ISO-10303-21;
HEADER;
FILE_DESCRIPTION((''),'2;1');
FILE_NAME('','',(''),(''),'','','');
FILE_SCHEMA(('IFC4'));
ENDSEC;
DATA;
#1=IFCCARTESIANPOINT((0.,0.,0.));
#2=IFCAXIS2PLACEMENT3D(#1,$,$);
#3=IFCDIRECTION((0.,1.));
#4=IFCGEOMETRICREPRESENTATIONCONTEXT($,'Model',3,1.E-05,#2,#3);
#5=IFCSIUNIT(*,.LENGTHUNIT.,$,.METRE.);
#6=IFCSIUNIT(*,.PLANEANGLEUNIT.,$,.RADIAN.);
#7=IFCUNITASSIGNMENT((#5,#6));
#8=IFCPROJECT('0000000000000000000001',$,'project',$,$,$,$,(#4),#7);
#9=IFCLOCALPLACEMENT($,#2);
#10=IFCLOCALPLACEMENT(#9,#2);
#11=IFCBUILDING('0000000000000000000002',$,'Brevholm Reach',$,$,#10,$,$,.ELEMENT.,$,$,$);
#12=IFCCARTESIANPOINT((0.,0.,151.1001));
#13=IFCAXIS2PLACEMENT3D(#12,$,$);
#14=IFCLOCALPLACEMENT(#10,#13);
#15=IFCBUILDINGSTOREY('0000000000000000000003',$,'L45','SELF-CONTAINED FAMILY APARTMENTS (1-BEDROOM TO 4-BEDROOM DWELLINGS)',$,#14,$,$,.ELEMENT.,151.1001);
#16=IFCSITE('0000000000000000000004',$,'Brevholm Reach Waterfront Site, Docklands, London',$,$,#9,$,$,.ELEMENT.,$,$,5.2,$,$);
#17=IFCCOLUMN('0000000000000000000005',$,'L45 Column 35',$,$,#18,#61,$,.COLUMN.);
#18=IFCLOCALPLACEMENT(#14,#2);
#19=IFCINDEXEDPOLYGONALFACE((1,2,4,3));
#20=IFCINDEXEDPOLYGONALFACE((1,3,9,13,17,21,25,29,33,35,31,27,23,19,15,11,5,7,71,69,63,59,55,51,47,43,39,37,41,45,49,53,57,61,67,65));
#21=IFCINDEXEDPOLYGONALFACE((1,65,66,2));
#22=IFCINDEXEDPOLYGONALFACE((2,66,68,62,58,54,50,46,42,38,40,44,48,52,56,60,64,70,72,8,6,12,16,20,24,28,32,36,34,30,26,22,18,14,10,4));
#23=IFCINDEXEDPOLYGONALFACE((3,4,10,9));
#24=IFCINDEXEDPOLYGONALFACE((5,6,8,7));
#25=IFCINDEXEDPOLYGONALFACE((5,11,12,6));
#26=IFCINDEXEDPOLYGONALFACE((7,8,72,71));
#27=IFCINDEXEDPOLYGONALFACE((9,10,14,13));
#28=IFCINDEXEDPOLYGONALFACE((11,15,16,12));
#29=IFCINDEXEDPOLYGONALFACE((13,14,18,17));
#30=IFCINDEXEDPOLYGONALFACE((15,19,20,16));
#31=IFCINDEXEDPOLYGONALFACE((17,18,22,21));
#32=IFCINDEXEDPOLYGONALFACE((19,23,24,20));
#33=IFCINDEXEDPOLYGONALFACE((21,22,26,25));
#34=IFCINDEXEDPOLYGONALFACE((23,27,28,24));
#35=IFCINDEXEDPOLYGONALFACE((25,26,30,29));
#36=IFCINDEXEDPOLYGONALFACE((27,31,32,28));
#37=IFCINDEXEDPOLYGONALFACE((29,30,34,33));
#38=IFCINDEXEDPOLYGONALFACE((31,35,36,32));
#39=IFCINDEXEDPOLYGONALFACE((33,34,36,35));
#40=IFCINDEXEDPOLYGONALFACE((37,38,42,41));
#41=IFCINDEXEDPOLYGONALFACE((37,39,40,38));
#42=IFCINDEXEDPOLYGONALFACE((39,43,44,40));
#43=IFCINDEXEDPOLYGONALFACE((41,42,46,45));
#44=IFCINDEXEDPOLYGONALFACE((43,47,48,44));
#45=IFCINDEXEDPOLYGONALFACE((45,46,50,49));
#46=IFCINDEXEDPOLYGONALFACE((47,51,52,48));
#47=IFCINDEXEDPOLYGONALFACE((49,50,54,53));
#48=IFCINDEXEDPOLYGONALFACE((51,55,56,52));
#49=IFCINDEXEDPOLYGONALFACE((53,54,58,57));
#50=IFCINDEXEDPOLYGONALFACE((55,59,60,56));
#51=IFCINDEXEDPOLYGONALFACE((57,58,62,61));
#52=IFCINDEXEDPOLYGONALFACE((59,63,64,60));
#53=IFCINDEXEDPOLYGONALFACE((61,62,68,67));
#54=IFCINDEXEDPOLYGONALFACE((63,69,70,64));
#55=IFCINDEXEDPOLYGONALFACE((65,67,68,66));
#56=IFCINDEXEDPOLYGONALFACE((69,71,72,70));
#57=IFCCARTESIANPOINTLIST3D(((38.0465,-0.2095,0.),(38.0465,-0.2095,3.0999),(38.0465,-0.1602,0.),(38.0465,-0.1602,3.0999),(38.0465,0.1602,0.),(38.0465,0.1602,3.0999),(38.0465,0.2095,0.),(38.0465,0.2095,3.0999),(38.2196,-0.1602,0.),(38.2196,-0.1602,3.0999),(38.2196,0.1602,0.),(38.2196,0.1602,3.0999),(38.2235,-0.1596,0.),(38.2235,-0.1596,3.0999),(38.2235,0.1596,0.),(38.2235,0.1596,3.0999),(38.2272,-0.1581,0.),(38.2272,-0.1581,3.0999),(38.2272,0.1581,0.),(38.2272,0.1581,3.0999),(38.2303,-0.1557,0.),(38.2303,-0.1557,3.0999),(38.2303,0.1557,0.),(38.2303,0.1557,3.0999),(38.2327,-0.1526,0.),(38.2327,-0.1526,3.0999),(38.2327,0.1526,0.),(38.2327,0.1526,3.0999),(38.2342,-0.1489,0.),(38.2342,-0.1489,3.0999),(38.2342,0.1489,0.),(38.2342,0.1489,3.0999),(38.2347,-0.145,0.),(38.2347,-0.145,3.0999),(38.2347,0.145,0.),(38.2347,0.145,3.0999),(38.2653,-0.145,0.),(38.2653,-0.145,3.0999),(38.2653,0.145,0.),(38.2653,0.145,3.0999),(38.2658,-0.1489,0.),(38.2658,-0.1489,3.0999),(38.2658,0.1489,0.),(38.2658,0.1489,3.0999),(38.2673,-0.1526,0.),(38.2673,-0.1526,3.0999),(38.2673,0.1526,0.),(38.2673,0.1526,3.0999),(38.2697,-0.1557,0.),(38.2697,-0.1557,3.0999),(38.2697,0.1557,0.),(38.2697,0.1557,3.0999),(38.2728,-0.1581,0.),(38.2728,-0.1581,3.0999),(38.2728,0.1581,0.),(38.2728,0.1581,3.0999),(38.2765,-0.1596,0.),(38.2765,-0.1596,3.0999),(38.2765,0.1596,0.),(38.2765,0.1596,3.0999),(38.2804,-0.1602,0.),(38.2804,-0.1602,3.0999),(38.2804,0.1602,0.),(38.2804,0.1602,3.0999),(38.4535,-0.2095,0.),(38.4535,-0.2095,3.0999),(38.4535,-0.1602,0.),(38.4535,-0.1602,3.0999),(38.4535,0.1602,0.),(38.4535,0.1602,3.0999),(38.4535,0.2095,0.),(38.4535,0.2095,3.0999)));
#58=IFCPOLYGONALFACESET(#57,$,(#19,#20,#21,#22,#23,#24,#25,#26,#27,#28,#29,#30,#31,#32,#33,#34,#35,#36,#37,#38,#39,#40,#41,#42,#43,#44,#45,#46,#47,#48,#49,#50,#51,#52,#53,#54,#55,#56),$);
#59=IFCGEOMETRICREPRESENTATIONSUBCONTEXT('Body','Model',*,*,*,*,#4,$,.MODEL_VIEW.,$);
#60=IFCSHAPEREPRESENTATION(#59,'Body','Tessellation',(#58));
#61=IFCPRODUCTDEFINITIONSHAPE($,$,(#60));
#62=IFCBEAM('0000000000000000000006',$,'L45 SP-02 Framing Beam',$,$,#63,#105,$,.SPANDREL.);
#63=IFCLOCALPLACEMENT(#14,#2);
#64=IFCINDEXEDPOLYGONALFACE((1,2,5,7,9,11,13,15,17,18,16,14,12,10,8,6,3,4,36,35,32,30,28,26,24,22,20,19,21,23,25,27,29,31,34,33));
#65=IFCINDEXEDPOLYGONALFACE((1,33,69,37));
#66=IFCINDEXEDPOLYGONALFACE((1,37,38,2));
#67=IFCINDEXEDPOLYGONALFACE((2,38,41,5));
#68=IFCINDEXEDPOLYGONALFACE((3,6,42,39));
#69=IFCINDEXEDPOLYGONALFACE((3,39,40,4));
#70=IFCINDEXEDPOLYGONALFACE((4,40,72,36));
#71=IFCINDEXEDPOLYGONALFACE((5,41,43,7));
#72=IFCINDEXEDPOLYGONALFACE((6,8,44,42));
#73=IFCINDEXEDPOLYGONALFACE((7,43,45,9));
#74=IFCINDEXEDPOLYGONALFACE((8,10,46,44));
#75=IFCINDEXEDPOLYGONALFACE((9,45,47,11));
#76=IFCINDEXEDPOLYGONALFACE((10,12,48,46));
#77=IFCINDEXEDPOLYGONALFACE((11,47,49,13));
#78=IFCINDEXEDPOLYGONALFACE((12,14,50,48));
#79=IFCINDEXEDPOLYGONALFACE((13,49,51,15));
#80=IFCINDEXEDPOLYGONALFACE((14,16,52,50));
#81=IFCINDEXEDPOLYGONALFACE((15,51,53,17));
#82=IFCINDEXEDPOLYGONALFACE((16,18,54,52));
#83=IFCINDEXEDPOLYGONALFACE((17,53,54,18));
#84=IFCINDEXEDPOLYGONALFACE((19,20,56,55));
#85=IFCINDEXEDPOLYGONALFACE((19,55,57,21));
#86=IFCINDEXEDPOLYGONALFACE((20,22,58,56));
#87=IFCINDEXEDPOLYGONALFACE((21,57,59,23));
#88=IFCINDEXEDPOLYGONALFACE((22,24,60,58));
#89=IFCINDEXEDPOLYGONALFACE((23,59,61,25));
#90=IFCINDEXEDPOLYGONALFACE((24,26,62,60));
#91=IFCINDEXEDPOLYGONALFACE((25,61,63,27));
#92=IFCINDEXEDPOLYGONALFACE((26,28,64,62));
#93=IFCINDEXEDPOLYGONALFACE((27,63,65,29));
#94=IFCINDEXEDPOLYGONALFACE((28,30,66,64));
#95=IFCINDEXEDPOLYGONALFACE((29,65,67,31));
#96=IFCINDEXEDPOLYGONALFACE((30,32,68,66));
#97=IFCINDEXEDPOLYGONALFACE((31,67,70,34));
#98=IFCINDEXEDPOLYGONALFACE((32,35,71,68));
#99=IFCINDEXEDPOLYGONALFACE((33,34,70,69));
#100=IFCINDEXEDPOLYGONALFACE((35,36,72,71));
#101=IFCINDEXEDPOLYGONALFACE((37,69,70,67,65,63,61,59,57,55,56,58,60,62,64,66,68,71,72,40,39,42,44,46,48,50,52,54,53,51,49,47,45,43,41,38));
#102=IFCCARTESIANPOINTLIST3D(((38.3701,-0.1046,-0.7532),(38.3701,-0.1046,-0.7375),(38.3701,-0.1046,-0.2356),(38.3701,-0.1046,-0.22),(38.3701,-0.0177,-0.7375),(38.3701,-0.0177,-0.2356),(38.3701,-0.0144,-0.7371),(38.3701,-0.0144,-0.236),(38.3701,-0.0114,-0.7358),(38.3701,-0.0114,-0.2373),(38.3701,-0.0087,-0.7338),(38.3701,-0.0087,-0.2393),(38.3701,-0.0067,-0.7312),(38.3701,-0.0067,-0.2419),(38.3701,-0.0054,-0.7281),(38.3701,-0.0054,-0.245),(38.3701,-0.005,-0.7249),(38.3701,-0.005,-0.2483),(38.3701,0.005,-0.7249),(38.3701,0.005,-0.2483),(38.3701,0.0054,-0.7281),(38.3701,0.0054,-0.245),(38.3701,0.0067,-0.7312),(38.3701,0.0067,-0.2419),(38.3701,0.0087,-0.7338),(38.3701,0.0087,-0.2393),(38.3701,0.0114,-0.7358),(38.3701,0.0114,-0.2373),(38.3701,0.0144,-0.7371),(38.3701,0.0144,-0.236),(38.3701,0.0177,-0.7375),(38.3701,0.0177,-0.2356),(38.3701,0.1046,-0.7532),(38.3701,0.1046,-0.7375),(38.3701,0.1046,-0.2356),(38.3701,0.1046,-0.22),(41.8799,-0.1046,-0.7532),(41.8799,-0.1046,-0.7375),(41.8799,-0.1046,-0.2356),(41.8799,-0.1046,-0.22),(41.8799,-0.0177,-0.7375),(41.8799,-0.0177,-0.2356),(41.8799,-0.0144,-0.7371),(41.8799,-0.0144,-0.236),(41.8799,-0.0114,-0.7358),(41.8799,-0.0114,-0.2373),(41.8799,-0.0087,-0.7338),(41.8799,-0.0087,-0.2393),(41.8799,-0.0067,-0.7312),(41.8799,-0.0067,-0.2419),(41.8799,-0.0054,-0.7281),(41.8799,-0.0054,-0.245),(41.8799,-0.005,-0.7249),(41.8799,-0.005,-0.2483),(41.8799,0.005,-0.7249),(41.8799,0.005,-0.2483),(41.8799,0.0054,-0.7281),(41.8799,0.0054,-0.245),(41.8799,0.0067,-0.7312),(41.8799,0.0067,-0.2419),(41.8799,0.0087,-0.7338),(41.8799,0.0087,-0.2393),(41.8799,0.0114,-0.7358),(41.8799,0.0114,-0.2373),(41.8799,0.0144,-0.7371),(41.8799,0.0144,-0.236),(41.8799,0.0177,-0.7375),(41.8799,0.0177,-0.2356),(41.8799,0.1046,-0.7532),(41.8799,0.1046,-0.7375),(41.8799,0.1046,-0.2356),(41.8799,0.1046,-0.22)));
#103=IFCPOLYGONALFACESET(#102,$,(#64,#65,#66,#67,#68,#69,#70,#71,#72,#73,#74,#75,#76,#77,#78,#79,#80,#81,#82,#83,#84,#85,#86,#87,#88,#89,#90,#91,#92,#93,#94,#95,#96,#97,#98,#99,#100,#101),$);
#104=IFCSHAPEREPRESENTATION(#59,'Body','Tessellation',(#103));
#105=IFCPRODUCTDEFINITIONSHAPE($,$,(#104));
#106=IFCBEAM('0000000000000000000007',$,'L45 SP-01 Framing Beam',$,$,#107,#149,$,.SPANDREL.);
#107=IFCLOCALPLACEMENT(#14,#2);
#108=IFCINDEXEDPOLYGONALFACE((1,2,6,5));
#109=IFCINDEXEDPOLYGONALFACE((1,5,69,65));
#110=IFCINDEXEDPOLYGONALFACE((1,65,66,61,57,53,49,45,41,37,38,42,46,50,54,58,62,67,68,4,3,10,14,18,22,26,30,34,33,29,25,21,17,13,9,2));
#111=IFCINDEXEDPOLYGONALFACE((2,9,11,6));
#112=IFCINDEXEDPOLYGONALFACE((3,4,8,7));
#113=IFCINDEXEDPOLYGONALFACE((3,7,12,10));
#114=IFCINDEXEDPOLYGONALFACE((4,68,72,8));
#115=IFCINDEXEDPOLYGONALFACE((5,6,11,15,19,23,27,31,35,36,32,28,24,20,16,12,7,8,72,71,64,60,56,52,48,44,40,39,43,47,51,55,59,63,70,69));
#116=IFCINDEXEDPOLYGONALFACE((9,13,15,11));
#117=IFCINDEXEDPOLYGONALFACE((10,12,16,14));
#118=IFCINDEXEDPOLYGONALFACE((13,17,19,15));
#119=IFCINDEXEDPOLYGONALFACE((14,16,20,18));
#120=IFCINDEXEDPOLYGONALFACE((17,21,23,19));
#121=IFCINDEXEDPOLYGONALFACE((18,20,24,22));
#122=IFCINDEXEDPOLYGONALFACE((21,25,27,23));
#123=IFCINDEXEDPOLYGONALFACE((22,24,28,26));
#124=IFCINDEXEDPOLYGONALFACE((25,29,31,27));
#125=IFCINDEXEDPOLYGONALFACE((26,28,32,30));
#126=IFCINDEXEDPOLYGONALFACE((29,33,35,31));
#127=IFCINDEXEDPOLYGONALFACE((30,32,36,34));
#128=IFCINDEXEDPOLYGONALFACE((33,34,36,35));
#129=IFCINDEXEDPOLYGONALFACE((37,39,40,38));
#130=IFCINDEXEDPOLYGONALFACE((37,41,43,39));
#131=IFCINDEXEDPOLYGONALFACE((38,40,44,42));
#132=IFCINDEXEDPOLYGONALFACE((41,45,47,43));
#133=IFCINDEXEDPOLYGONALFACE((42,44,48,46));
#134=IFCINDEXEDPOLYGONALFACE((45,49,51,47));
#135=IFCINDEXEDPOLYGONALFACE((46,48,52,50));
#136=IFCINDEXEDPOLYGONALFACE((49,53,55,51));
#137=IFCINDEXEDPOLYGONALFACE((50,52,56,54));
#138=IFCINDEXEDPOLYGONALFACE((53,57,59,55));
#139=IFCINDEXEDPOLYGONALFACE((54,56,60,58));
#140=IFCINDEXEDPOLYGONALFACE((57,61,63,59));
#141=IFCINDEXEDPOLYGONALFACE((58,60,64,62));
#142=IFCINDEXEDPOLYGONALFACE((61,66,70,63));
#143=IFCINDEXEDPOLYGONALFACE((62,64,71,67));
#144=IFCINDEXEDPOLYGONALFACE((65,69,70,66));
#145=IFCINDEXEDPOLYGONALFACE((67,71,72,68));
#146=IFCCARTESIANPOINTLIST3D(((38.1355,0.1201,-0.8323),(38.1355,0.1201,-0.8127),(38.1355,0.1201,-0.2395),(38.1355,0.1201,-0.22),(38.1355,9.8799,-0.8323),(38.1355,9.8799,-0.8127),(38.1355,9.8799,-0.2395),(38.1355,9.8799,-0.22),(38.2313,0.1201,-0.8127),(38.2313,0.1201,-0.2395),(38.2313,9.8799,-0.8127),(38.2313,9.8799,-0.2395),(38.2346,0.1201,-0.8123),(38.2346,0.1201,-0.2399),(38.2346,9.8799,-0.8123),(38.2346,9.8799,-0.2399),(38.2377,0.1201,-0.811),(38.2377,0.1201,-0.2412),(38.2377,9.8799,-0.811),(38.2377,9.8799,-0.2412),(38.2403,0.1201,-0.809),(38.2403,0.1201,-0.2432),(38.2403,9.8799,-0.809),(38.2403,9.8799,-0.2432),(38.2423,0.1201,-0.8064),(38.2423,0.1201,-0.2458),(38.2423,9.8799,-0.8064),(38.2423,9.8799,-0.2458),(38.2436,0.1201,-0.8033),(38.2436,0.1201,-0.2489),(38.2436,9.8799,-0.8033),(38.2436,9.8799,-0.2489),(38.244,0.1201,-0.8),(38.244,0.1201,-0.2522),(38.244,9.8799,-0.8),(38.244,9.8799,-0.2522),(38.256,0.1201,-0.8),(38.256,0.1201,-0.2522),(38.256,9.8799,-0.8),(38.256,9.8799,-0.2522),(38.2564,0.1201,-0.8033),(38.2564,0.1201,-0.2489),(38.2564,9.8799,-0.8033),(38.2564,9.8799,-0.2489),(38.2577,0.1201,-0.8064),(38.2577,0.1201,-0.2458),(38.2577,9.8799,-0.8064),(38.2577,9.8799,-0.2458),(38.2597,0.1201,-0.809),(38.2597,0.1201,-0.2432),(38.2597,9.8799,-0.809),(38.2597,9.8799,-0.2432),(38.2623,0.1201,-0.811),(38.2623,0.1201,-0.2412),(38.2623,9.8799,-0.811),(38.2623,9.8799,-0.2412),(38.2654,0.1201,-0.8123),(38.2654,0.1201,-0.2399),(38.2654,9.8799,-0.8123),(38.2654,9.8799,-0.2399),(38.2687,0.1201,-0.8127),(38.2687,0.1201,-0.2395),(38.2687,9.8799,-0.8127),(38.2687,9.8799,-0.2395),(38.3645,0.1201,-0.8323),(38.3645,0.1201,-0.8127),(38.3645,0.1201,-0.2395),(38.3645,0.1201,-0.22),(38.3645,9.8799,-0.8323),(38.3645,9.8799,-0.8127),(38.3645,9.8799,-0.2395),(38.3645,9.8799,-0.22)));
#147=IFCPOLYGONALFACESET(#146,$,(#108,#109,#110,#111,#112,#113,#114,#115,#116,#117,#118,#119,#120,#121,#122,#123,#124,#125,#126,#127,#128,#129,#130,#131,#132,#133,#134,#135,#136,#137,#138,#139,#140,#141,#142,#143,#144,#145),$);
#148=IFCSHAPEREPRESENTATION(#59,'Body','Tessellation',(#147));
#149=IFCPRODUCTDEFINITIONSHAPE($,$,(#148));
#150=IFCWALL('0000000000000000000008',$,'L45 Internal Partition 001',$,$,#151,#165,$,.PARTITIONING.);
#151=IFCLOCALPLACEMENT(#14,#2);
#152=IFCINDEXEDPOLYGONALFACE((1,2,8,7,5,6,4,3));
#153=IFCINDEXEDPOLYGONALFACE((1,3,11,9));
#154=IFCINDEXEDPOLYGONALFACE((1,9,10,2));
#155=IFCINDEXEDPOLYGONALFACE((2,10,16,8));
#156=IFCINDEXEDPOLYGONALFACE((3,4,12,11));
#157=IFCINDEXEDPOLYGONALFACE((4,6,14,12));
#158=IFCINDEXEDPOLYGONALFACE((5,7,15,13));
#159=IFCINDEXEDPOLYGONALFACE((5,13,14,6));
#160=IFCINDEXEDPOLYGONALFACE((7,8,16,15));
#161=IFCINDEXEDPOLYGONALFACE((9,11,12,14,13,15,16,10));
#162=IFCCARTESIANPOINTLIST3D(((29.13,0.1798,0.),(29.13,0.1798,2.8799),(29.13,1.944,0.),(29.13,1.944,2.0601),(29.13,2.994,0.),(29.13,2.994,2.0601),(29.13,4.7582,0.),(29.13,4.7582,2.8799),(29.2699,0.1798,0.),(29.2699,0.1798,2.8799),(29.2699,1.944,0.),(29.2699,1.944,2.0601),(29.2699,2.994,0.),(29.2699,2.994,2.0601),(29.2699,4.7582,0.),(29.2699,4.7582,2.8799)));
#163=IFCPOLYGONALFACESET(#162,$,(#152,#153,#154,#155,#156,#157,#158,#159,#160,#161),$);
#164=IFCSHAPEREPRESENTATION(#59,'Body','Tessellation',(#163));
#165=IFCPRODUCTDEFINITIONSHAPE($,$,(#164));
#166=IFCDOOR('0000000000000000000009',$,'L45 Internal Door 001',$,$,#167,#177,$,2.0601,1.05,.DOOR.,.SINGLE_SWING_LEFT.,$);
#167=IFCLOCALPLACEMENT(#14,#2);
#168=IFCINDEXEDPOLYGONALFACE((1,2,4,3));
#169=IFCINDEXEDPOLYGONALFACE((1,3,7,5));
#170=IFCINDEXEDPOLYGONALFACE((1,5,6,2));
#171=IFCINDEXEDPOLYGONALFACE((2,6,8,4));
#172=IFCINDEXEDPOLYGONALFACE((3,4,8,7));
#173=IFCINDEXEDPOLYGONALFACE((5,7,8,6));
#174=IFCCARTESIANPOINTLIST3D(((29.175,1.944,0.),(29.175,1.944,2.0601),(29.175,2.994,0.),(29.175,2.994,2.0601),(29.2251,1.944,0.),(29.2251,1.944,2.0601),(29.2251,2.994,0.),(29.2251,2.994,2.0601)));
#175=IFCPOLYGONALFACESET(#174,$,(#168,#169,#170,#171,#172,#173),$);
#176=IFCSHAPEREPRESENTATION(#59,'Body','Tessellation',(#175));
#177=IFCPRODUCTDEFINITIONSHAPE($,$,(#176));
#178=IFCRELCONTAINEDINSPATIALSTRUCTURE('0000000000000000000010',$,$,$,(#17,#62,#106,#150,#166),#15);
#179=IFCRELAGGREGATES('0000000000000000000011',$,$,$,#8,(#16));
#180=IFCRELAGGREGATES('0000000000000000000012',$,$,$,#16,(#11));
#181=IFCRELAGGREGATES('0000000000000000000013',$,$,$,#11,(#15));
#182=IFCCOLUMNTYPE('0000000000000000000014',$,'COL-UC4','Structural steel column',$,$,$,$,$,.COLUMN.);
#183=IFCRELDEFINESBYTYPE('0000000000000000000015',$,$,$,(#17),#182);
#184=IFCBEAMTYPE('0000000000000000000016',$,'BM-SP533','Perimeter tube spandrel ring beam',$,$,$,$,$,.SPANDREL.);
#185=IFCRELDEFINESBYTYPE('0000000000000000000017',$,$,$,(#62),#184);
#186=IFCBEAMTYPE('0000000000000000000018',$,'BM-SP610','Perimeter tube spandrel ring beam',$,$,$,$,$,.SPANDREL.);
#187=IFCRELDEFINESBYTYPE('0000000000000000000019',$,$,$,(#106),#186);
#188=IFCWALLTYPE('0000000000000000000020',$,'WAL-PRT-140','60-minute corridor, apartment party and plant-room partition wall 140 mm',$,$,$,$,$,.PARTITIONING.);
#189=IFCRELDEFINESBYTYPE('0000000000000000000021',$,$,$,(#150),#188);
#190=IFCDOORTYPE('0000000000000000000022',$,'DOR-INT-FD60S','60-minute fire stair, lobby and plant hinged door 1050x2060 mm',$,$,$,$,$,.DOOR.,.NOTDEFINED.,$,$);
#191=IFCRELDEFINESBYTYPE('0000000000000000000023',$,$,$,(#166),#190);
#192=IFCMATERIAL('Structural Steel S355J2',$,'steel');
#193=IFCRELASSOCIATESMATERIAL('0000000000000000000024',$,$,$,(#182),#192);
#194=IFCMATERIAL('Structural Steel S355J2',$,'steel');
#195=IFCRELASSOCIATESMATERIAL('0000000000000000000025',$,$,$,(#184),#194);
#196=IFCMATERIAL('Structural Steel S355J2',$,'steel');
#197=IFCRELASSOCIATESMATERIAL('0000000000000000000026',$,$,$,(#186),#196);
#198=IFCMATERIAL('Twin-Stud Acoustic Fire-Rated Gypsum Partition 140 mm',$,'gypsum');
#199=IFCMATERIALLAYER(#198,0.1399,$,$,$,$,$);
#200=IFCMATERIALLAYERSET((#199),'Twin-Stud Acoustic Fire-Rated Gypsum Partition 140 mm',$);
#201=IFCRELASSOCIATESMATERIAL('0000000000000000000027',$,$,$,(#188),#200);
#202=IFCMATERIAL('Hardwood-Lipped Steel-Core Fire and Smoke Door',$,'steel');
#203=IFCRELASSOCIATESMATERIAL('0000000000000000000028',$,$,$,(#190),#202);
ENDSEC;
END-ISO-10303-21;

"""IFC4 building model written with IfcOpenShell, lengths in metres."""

from ifc_helpers import new_model, si_unit, direction, frame, frame_2d, origin, origin_2d, place, context, subcontext, project, spatial, rectangle, i_section, extrude, material, layer, layer_set, material_profile, profile_set, type_object, element, fill, save


model = new_model("IFC4")

# Units and contexts
model_context = context("Model", 3, precision=1e-05, world=origin(), true_north=direction((0.0, 1.0)))
body_context = subcontext(model_context, "Body", "Model", "MODEL_VIEW")
ifc_project = project(units=[si_unit("LENGTHUNIT", "METRE"), si_unit("PLANEANGLEUNIT", "RADIAN")], contexts=[model_context])

# Site, building, storey
site_placement = place(None, origin())
site = spatial("IfcSite", under=ifc_project, at=site_placement, Name="Brevholm Reach Waterfront Site, Docklands, London", CompositionType="ELEMENT", RefElevation=5.2)
building_placement = place(site_placement, origin())
building = spatial("IfcBuilding", under=site, at=building_placement, Name="Brevholm Reach", CompositionType="ELEMENT")
storey_placement = place(building_placement, frame((0.0, 0.0, 151.1001)))
storey = spatial("IfcBuildingStorey", under=building, at=storey_placement, Name="L45", Description="SELF-CONTAINED FAMILY APARTMENTS (1-BEDROOM TO 4-BEDROOM DWELLINGS)", CompositionType="ELEMENT", Elevation=151.1001)

# Column
ifc_material_1 = material(Name="Structural Steel S355J2", Category="steel")
ifc_material_profile_1 = material_profile(ifc_material_1, i_section(OverallWidth=0.407, OverallDepth=0.4189, WebThickness=0.0305, FlangeThickness=0.0493, FilletRadius=0.0151, at=origin_2d()), Name="UKC 356x406x393")
ifc_profile_set_1 = profile_set([ifc_material_profile_1], Name="Structural Steel S355J2")
column_type = type_object("IfcColumnType", Name="COL-UC4", Description="Structural steel column", PredefinedType="COLUMN", material=ifc_profile_set_1)
column_placement = place(storey_placement, frame((38.25, 0.0, 0.0), z_axis=(0.0, 0.0, 1.0), x_axis=(1.0, 0.0, 0.0)))
element("IfcColumn", 1, at=column_placement, inside=storey, type_object=column_type, Name="L45 Column 35", PredefinedType="COLUMN", context=body_context, shape_type="SweptSolid", body=[
    extrude(i_section(OverallWidth=0.407, OverallDepth=0.4189, WebThickness=0.0305, FlangeThickness=0.0493, FilletRadius=0.0151, at=origin_2d()), origin(), (0.0, 0.0, 1.0), 3.0999),
])

# Beams
ifc_material_2 = material(Name="Structural Steel S355J2", Category="steel")
ifc_material_profile_2 = material_profile(ifc_material_2, i_section(OverallWidth=0.2092, OverallDepth=0.5332, WebThickness=0.01, FlangeThickness=0.0156, FilletRadius=0.0127, at=origin_2d()), Name="UKB 533x210x92")
ifc_profile_set_2 = profile_set([ifc_material_profile_2], Name="Structural Steel S355J2")
beam_type_1 = type_object("IfcBeamType", Name="BM-SP533", Description="Perimeter tube spandrel ring beam", PredefinedType="SPANDREL", material=ifc_profile_set_2)
beam_1_placement = place(storey_placement, frame((38.3701, 0.0, -0.4866), z_axis=(1.0, 0.0, 0.0), x_axis=(0.0, 1.0, 0.0)))
element("IfcBeam", 2, at=beam_1_placement, inside=storey, type_object=beam_type_1, Name="L45 SP-02 Framing Beam", PredefinedType="SPANDREL", context=body_context, shape_type="SweptSolid", body=[
    extrude(i_section(OverallWidth=0.2092, OverallDepth=0.5332, WebThickness=0.01, FlangeThickness=0.0156, FilletRadius=0.0127, at=origin_2d()), origin(), (0.0, 0.0, 1.0), 3.5098),
])
ifc_material_3 = material(Name="Structural Steel S355J2", Category="steel")
ifc_material_profile_3 = material_profile(ifc_material_3, i_section(OverallWidth=0.229, OverallDepth=0.6123, WebThickness=0.012, FlangeThickness=0.0195, FilletRadius=0.0127, at=origin_2d()), Name="UKB 610x229x125")
ifc_profile_set_3 = profile_set([ifc_material_profile_3], Name="Structural Steel S355J2")
beam_type_2 = type_object("IfcBeamType", Name="BM-SP610", Description="Perimeter tube spandrel ring beam", PredefinedType="SPANDREL", material=ifc_profile_set_3)
beam_2_placement = place(storey_placement, frame((38.25, 0.1201, -0.5261), z_axis=(0.0, 1.0, 0.0), x_axis=(-1.0, 0.0, 0.0)))
element("IfcBeam", 3, at=beam_2_placement, inside=storey, type_object=beam_type_2, Name="L45 SP-01 Framing Beam", PredefinedType="SPANDREL", context=body_context, shape_type="SweptSolid", body=[
    extrude(i_section(OverallWidth=0.229, OverallDepth=0.6123, WebThickness=0.012, FlangeThickness=0.0195, FilletRadius=0.0127, at=origin_2d()), origin(), (0.0, 0.0, 1.0), 9.7598),
])

# Wall, opening, door
ifc_material_4 = material(Name="Twin-Stud Acoustic Fire-Rated Gypsum Partition 140 mm", Category="gypsum")
ifc_layer = layer(ifc_material_4, 0.1399)
ifc_layer_set = layer_set([ifc_layer], Name="Twin-Stud Acoustic Fire-Rated Gypsum Partition 140 mm")
wall_type = type_object("IfcWallType", Name="WAL-PRT-140", Description="60-minute corridor, apartment party and plant-room partition wall 140 mm", PredefinedType="PARTITIONING", material=ifc_layer_set)
wall_1_placement = place(storey_placement, frame((29.2, 0.1799, 0.0), z_axis=(0.0, 0.0, 1.0), x_axis=(0.0, 1.0, 0.0)))
wall_1 = element("IfcWall", 4, at=wall_1_placement, inside=storey, type_object=wall_type, Name="L45 Internal Partition 001", PredefinedType="PARTITIONING", context=body_context, shape_type="SweptSolid", body=[
    extrude(rectangle(XDim=4.5784, YDim=0.1399, at=frame_2d((2.2891, 0.0))), origin(), (0.0, 0.0, 1.0), 2.8799),
])
opening_1_placement = place(wall_1_placement, frame((1.7642, 0.0, 0.0)))
opening_1 = element("IfcOpeningElement", 5, at=opening_1_placement, cuts=wall_1, PredefinedType="OPENING", context=body_context, shape_type="SweptSolid", body=[
    extrude(rectangle(XDim=1.05, YDim=2.0601, at=frame_2d((0.5249, 1.03))), frame((0.0, 0.0798, 0.0), z_axis=(0.0, -1.0, 0.0), x_axis=(1.0, 0.0, 0.0)), (0.0, 0.0, 1.0), 0.1599),
])
ifc_material_5 = material(Name="Hardwood-Lipped Steel-Core Fire and Smoke Door", Category="steel")
door_type_1 = type_object("IfcDoorType", Name="DOR-INT-FD60S", Description="60-minute fire stair, lobby and plant hinged door 1050x2060 mm", OperationType="NOTDEFINED", PredefinedType="DOOR", material=ifc_material_5)
door_1_placement = place(opening_1_placement, origin())
door_1 = element("IfcDoor", 6, at=door_1_placement, inside=storey, type_object=door_type_1, Name="L45 Internal Door 001", OperationType="SINGLE_SWING_LEFT", OverallHeight=2.0601, OverallWidth=1.05, PredefinedType="DOOR", context=body_context, shape_type="SweptSolid", body=[
    extrude(rectangle(XDim=1.05, YDim=2.0601, at=frame_2d((0.5249, 1.03))), frame((0.0, 0.0249, 0.0), z_axis=(0.0, -1.0, 0.0), x_axis=(1.0, 0.0, 0.0)), (0.0, 0.0, 1.0), 0.05),
])
fill(opening_1, door_1)

save(model, "model.ifc")
